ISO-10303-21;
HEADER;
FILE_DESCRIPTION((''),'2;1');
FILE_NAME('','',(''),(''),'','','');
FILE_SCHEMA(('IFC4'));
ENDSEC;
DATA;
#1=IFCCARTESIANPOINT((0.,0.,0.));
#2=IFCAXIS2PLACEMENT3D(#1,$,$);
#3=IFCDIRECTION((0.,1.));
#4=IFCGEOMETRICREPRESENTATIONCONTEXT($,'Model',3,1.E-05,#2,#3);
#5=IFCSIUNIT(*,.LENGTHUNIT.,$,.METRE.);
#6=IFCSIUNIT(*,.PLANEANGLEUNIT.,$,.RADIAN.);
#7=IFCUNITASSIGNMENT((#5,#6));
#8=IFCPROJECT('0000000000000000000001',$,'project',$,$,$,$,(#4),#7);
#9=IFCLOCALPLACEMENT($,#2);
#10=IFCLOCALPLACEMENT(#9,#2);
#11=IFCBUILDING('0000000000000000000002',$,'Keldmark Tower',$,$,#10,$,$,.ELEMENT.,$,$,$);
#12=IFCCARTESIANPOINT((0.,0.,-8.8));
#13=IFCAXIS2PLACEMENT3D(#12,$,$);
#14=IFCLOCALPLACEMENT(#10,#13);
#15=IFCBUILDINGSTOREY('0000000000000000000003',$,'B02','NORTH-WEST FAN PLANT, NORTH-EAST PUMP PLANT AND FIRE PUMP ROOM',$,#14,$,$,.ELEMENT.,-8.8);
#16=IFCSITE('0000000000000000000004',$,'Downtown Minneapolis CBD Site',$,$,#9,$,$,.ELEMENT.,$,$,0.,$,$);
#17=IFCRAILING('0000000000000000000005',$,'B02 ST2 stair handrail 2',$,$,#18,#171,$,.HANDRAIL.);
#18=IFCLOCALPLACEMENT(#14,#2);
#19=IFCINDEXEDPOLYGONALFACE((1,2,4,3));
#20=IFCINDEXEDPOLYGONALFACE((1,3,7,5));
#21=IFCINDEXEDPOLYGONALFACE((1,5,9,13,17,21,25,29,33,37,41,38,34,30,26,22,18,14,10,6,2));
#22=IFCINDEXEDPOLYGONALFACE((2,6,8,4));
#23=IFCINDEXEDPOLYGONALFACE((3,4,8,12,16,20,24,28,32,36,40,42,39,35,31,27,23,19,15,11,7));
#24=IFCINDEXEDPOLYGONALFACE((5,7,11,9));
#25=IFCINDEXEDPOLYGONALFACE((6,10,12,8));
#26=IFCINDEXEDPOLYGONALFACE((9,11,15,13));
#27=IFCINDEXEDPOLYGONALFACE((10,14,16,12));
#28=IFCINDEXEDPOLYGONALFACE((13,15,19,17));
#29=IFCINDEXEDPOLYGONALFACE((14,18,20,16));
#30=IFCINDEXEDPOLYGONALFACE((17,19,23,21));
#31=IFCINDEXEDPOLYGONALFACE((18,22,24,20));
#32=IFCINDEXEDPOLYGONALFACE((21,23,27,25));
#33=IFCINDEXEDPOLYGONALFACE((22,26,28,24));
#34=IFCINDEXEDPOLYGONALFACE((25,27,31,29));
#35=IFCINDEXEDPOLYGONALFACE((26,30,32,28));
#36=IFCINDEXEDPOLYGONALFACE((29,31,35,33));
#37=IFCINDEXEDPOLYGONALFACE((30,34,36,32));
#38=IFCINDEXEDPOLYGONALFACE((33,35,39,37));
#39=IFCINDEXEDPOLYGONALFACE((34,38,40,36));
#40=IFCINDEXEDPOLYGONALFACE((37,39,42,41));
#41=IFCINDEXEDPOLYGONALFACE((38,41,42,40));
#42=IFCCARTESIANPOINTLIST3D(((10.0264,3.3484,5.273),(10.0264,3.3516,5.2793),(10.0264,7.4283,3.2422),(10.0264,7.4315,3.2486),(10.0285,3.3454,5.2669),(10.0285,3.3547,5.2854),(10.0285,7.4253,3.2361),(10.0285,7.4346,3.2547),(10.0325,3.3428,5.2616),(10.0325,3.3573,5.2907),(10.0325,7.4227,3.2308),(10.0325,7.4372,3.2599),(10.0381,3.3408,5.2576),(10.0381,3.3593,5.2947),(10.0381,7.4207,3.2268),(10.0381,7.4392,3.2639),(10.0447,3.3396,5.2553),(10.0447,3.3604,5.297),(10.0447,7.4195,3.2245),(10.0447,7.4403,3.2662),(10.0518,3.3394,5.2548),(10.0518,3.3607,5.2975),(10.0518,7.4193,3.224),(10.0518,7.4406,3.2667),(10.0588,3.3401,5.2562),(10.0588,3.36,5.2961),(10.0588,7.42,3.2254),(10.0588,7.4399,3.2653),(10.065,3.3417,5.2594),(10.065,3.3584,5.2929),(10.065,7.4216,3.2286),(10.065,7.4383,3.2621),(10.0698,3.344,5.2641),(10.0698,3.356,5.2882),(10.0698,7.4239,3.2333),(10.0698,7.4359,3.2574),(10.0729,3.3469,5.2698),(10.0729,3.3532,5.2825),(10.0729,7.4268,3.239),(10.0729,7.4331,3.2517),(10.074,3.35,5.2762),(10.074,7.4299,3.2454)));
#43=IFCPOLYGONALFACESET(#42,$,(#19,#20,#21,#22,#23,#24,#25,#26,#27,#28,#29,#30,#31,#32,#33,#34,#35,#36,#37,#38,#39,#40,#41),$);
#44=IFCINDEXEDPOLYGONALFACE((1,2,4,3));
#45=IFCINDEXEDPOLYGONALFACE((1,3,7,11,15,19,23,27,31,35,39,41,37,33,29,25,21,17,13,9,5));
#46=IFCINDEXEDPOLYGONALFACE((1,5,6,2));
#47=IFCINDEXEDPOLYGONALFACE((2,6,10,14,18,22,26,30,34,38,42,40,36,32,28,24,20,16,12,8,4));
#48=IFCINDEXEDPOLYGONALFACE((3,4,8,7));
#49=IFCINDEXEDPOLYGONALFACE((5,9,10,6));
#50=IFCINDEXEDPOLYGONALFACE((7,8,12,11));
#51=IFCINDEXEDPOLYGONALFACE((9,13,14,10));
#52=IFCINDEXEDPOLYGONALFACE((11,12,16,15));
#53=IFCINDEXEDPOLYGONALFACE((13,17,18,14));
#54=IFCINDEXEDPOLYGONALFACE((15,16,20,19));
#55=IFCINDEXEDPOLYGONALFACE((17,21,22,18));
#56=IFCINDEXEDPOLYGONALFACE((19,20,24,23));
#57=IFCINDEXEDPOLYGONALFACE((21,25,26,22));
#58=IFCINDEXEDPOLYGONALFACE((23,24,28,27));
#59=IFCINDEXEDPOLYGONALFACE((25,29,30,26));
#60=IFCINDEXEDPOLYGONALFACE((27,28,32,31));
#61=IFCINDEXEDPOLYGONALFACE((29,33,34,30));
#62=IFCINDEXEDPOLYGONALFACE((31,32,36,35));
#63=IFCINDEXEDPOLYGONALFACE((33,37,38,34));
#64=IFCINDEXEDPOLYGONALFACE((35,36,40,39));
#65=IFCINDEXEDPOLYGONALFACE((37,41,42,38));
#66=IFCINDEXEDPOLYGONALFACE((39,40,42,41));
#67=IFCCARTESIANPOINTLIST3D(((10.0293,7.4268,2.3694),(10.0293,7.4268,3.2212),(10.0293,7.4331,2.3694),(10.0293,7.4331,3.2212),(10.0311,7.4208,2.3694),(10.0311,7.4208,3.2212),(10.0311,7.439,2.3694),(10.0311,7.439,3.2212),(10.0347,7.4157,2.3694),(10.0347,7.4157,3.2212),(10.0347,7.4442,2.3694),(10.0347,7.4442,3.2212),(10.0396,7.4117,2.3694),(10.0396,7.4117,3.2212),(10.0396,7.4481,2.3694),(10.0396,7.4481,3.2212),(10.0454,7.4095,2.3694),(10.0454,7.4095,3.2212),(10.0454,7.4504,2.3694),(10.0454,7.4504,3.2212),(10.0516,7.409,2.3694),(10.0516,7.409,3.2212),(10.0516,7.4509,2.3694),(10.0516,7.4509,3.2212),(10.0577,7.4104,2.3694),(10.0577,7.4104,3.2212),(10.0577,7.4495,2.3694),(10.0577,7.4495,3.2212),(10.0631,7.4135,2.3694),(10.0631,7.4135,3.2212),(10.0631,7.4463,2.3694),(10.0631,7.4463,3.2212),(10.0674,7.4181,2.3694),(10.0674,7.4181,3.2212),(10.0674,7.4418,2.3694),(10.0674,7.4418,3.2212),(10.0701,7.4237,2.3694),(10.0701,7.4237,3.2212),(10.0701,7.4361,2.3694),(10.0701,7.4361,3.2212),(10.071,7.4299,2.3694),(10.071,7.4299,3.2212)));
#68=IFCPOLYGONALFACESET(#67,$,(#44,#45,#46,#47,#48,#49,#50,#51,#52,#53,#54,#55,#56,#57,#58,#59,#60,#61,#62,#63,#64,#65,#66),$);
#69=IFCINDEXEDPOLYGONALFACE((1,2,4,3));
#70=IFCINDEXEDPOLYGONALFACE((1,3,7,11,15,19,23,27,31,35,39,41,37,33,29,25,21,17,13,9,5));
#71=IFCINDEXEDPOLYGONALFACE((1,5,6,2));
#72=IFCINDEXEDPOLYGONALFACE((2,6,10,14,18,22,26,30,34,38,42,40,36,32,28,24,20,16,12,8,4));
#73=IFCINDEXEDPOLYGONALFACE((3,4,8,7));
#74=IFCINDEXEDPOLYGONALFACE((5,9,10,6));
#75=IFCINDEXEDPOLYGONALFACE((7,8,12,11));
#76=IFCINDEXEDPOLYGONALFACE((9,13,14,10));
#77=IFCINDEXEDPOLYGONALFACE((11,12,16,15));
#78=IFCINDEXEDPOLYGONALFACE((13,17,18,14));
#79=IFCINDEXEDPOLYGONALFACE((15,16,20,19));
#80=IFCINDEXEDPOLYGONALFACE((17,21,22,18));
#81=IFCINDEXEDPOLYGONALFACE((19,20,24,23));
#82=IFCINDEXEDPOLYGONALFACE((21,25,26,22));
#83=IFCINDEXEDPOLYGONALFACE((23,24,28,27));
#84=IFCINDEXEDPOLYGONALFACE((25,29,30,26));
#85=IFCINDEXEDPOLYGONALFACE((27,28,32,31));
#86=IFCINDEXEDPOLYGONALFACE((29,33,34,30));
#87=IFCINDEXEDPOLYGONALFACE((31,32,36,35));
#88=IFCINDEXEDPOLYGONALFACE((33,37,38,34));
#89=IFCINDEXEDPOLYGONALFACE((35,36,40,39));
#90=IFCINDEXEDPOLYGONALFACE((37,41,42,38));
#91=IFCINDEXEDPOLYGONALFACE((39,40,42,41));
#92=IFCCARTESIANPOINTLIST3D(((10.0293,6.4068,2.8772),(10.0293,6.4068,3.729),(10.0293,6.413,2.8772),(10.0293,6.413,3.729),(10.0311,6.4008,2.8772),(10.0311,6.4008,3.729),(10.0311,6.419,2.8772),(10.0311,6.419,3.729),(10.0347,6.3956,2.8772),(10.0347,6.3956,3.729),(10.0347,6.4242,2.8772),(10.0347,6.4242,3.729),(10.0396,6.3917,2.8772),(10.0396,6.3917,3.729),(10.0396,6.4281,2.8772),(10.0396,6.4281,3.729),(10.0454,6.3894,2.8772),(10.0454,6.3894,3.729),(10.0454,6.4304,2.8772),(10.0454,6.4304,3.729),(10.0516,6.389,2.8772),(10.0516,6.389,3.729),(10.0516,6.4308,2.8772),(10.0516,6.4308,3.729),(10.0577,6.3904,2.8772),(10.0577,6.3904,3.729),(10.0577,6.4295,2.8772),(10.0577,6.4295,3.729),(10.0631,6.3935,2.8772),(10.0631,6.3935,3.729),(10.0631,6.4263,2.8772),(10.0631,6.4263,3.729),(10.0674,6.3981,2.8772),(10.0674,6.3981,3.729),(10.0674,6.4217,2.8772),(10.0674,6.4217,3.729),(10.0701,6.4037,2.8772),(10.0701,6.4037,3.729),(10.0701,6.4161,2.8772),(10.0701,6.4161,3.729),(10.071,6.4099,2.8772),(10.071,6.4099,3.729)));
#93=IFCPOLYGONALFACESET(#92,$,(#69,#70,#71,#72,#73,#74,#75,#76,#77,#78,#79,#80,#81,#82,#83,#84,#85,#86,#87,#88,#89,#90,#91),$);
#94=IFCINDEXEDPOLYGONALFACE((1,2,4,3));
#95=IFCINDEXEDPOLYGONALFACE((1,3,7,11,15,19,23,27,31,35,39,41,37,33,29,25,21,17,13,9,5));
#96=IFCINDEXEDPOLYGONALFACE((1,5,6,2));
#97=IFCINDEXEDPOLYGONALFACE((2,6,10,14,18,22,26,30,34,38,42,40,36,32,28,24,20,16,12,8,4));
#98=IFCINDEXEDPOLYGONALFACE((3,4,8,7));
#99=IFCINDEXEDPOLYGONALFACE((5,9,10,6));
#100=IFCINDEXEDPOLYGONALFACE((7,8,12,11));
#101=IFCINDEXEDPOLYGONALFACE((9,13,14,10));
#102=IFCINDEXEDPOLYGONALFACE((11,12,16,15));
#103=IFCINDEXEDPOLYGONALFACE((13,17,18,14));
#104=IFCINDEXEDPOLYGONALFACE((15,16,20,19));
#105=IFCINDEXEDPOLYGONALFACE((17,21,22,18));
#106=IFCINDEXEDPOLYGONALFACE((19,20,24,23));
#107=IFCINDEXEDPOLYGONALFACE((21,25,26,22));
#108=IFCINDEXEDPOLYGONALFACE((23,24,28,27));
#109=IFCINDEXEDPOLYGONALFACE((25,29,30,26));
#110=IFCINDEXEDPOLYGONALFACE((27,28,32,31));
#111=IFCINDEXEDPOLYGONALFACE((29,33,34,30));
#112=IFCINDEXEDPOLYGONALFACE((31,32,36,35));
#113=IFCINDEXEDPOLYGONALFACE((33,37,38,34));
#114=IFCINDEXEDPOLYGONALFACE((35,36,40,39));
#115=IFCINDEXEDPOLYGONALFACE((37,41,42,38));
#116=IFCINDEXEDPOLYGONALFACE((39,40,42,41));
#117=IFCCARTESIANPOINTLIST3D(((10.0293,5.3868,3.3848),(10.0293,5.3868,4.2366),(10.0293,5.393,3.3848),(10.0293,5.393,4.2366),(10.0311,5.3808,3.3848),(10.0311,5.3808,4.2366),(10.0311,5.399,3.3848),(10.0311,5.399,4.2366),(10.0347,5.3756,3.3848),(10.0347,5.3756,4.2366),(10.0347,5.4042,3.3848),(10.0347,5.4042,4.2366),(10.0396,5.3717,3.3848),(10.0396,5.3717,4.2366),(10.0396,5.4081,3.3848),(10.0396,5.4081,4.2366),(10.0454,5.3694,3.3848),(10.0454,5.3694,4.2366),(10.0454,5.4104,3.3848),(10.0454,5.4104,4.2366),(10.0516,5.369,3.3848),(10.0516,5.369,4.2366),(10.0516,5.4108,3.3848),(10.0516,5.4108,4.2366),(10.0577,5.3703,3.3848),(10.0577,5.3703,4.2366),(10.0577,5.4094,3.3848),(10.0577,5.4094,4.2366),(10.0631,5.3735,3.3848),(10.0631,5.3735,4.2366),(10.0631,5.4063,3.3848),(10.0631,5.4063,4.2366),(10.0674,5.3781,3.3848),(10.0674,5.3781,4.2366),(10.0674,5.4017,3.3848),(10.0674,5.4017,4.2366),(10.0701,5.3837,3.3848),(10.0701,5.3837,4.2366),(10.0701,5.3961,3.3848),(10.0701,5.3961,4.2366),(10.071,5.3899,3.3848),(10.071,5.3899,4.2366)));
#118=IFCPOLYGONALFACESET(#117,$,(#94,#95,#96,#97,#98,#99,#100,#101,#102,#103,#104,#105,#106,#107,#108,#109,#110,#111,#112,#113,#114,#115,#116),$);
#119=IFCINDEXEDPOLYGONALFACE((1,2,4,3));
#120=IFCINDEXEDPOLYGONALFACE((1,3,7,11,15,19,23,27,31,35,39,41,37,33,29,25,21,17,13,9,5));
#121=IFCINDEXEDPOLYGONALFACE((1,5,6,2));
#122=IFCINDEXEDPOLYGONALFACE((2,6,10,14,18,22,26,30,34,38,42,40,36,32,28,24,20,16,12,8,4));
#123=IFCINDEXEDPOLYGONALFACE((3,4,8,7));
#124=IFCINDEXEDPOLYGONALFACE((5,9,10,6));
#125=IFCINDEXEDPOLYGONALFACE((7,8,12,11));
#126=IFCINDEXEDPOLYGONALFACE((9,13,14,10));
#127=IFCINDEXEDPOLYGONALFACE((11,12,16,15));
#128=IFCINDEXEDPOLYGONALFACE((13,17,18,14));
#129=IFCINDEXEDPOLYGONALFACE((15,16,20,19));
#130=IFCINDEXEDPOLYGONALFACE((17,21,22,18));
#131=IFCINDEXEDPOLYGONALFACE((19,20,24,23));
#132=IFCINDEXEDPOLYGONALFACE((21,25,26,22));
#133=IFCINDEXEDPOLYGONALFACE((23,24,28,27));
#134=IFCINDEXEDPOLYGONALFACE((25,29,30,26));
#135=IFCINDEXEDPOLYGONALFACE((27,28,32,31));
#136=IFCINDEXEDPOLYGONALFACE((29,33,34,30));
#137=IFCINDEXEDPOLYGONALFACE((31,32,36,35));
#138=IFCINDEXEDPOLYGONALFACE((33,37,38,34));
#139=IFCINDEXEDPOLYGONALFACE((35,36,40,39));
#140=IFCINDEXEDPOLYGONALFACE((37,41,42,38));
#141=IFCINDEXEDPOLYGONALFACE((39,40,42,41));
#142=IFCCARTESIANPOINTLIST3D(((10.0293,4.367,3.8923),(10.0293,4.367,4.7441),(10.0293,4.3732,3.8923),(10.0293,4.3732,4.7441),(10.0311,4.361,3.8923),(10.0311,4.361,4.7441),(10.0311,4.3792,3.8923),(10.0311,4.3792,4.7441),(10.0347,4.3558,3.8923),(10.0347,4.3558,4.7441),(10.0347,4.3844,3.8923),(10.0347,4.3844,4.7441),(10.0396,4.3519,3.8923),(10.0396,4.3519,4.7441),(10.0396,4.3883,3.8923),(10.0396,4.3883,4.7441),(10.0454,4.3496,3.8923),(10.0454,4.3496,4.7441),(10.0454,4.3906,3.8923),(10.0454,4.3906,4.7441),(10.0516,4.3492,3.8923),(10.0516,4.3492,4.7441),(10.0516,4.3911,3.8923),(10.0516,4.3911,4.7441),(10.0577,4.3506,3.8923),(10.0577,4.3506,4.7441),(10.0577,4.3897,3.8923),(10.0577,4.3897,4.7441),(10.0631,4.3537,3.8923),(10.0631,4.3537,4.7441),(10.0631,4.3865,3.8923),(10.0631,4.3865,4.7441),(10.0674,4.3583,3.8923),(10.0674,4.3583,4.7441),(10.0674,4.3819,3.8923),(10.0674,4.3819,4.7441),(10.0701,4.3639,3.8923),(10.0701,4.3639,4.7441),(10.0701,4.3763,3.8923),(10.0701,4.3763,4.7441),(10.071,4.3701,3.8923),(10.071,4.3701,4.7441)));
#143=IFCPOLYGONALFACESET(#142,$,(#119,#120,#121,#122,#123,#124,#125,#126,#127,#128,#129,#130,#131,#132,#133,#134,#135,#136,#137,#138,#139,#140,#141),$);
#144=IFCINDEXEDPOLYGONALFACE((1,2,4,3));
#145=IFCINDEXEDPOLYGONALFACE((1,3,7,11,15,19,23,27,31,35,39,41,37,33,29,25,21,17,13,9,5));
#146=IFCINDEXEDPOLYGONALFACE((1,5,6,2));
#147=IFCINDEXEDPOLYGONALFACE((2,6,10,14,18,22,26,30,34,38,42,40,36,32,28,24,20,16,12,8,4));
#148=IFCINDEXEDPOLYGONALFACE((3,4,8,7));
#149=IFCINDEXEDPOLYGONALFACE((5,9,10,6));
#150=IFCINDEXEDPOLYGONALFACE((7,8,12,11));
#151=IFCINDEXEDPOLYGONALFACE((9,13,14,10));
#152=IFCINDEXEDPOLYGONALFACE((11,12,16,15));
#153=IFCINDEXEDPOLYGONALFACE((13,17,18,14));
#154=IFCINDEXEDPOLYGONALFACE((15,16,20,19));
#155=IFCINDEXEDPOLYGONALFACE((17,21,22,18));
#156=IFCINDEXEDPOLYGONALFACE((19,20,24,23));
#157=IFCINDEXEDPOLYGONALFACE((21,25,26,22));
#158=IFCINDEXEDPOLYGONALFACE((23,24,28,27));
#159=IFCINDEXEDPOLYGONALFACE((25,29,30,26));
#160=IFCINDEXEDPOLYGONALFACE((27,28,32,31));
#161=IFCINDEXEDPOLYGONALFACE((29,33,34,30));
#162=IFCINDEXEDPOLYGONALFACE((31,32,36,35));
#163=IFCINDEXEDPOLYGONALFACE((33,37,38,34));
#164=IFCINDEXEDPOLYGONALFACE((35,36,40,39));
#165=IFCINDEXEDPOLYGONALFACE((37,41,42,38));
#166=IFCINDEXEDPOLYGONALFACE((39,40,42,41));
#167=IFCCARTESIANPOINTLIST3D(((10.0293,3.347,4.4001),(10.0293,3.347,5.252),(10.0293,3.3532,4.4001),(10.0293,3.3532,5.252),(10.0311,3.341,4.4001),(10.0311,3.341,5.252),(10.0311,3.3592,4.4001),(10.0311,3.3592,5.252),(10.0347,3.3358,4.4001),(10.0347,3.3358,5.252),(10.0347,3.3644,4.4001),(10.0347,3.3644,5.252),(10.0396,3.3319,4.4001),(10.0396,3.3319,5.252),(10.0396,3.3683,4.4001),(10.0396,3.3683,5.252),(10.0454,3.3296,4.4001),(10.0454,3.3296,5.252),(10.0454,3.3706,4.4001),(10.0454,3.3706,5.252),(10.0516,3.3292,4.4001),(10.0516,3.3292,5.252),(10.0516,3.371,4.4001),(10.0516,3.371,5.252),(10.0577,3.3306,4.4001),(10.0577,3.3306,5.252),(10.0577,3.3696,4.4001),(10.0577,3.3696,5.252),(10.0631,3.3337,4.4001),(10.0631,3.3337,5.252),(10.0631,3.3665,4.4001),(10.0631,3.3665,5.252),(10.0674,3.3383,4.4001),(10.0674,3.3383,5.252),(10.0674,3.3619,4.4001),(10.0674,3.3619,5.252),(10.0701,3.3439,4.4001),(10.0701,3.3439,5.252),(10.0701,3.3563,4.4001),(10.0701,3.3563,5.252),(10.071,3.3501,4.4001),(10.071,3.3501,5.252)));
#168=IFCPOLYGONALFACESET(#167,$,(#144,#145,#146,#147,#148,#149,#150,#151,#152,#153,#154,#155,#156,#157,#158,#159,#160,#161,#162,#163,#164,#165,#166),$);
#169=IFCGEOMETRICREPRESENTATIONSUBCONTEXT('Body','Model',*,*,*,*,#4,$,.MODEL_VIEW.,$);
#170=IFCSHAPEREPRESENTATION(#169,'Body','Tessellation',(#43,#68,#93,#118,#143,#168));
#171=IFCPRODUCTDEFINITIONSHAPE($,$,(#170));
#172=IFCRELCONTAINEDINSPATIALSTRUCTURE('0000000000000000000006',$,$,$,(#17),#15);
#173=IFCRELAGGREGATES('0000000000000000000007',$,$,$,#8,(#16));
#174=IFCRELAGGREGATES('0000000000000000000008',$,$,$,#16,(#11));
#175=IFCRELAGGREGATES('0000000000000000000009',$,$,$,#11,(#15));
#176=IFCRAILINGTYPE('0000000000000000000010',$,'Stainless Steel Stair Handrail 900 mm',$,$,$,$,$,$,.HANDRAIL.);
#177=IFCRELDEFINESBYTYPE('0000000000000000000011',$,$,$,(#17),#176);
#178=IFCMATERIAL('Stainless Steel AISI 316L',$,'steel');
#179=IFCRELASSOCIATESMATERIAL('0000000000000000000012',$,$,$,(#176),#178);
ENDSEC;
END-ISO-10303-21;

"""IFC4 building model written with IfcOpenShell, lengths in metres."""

from ifc_helpers import new_model, si_unit, direction, frame, origin, origin_2d, place, context, subcontext, project, spatial, circle, extrude, material, type_object, element, save


model = new_model("IFC4")

# Units and contexts
model_context = context("Model", 3, precision=1e-05, world=origin(), true_north=direction((0.0, 1.0)))
body_context = subcontext(model_context, "Body", "Model", "MODEL_VIEW")
ifc_project = project(units=[si_unit("LENGTHUNIT", "METRE"), si_unit("PLANEANGLEUNIT", "RADIAN")], contexts=[model_context])

# Site, building, storey
site_placement = place(None, origin())
site = spatial("IfcSite", under=ifc_project, at=site_placement, Name="Downtown Minneapolis CBD Site", CompositionType="ELEMENT", RefElevation=0.0)
building_placement = place(site_placement, origin())
building = spatial("IfcBuilding", under=site, at=building_placement, Name="Keldmark Tower", CompositionType="ELEMENT")
storey_placement = place(building_placement, frame((0.0, 0.0, -8.8)))
storey = spatial("IfcBuildingStorey", under=building, at=storey_placement, Name="B02", Description="NORTH-WEST FAN PLANT, NORTH-EAST PUMP PLANT AND FIRE PUMP ROOM", CompositionType="ELEMENT", Elevation=-8.8)

# Railing
ifc_material_1 = material(Name="Stainless Steel AISI 316L", Category="steel")
railing_type_1 = type_object("IfcRailingType", Name="Stainless Steel Stair Handrail 900 mm", PredefinedType="HANDRAIL", material=ifc_material_1)
railing_1_placement = place(storey_placement, frame((10.05, 7.4299, 2.3694)))
element("IfcRailing", 1, at=railing_1_placement, inside=storey, type_object=railing_type_1, Name="B02 ST2 stair handrail 2", PredefinedType="HANDRAIL", context=body_context, shape_type="SweptSolid", body=[
    extrude(circle(Radius=0.0239, at=origin_2d()), frame((0.0, 0.0, 0.876), z_axis=(0.0, -0.895229, 0.445606), x_axis=(1.0, 0.0, 0.0)), (0.0, 0.0, 1.0), 4.5574),
    extrude(circle(Radius=0.021, at=origin_2d()), origin(), (0.0, 0.0, 1.0), 0.8518),
    extrude(circle(Radius=0.021, at=origin_2d()), frame((0.0, -1.02, 0.5078)), (0.0, 0.0, 1.0), 0.8518),
    extrude(circle(Radius=0.021, at=origin_2d()), frame((0.0, -2.04, 1.0154)), (0.0, 0.0, 1.0), 0.8518),
    extrude(circle(Radius=0.021, at=origin_2d()), frame((0.0, -3.0598, 1.5229)), (0.0, 0.0, 1.0), 0.8518),
    extrude(circle(Radius=0.021, at=origin_2d()), frame((0.0, -4.0798, 2.0308)), (0.0, 0.0, 1.0), 0.8518),
])

save(model, "model.ifc")
